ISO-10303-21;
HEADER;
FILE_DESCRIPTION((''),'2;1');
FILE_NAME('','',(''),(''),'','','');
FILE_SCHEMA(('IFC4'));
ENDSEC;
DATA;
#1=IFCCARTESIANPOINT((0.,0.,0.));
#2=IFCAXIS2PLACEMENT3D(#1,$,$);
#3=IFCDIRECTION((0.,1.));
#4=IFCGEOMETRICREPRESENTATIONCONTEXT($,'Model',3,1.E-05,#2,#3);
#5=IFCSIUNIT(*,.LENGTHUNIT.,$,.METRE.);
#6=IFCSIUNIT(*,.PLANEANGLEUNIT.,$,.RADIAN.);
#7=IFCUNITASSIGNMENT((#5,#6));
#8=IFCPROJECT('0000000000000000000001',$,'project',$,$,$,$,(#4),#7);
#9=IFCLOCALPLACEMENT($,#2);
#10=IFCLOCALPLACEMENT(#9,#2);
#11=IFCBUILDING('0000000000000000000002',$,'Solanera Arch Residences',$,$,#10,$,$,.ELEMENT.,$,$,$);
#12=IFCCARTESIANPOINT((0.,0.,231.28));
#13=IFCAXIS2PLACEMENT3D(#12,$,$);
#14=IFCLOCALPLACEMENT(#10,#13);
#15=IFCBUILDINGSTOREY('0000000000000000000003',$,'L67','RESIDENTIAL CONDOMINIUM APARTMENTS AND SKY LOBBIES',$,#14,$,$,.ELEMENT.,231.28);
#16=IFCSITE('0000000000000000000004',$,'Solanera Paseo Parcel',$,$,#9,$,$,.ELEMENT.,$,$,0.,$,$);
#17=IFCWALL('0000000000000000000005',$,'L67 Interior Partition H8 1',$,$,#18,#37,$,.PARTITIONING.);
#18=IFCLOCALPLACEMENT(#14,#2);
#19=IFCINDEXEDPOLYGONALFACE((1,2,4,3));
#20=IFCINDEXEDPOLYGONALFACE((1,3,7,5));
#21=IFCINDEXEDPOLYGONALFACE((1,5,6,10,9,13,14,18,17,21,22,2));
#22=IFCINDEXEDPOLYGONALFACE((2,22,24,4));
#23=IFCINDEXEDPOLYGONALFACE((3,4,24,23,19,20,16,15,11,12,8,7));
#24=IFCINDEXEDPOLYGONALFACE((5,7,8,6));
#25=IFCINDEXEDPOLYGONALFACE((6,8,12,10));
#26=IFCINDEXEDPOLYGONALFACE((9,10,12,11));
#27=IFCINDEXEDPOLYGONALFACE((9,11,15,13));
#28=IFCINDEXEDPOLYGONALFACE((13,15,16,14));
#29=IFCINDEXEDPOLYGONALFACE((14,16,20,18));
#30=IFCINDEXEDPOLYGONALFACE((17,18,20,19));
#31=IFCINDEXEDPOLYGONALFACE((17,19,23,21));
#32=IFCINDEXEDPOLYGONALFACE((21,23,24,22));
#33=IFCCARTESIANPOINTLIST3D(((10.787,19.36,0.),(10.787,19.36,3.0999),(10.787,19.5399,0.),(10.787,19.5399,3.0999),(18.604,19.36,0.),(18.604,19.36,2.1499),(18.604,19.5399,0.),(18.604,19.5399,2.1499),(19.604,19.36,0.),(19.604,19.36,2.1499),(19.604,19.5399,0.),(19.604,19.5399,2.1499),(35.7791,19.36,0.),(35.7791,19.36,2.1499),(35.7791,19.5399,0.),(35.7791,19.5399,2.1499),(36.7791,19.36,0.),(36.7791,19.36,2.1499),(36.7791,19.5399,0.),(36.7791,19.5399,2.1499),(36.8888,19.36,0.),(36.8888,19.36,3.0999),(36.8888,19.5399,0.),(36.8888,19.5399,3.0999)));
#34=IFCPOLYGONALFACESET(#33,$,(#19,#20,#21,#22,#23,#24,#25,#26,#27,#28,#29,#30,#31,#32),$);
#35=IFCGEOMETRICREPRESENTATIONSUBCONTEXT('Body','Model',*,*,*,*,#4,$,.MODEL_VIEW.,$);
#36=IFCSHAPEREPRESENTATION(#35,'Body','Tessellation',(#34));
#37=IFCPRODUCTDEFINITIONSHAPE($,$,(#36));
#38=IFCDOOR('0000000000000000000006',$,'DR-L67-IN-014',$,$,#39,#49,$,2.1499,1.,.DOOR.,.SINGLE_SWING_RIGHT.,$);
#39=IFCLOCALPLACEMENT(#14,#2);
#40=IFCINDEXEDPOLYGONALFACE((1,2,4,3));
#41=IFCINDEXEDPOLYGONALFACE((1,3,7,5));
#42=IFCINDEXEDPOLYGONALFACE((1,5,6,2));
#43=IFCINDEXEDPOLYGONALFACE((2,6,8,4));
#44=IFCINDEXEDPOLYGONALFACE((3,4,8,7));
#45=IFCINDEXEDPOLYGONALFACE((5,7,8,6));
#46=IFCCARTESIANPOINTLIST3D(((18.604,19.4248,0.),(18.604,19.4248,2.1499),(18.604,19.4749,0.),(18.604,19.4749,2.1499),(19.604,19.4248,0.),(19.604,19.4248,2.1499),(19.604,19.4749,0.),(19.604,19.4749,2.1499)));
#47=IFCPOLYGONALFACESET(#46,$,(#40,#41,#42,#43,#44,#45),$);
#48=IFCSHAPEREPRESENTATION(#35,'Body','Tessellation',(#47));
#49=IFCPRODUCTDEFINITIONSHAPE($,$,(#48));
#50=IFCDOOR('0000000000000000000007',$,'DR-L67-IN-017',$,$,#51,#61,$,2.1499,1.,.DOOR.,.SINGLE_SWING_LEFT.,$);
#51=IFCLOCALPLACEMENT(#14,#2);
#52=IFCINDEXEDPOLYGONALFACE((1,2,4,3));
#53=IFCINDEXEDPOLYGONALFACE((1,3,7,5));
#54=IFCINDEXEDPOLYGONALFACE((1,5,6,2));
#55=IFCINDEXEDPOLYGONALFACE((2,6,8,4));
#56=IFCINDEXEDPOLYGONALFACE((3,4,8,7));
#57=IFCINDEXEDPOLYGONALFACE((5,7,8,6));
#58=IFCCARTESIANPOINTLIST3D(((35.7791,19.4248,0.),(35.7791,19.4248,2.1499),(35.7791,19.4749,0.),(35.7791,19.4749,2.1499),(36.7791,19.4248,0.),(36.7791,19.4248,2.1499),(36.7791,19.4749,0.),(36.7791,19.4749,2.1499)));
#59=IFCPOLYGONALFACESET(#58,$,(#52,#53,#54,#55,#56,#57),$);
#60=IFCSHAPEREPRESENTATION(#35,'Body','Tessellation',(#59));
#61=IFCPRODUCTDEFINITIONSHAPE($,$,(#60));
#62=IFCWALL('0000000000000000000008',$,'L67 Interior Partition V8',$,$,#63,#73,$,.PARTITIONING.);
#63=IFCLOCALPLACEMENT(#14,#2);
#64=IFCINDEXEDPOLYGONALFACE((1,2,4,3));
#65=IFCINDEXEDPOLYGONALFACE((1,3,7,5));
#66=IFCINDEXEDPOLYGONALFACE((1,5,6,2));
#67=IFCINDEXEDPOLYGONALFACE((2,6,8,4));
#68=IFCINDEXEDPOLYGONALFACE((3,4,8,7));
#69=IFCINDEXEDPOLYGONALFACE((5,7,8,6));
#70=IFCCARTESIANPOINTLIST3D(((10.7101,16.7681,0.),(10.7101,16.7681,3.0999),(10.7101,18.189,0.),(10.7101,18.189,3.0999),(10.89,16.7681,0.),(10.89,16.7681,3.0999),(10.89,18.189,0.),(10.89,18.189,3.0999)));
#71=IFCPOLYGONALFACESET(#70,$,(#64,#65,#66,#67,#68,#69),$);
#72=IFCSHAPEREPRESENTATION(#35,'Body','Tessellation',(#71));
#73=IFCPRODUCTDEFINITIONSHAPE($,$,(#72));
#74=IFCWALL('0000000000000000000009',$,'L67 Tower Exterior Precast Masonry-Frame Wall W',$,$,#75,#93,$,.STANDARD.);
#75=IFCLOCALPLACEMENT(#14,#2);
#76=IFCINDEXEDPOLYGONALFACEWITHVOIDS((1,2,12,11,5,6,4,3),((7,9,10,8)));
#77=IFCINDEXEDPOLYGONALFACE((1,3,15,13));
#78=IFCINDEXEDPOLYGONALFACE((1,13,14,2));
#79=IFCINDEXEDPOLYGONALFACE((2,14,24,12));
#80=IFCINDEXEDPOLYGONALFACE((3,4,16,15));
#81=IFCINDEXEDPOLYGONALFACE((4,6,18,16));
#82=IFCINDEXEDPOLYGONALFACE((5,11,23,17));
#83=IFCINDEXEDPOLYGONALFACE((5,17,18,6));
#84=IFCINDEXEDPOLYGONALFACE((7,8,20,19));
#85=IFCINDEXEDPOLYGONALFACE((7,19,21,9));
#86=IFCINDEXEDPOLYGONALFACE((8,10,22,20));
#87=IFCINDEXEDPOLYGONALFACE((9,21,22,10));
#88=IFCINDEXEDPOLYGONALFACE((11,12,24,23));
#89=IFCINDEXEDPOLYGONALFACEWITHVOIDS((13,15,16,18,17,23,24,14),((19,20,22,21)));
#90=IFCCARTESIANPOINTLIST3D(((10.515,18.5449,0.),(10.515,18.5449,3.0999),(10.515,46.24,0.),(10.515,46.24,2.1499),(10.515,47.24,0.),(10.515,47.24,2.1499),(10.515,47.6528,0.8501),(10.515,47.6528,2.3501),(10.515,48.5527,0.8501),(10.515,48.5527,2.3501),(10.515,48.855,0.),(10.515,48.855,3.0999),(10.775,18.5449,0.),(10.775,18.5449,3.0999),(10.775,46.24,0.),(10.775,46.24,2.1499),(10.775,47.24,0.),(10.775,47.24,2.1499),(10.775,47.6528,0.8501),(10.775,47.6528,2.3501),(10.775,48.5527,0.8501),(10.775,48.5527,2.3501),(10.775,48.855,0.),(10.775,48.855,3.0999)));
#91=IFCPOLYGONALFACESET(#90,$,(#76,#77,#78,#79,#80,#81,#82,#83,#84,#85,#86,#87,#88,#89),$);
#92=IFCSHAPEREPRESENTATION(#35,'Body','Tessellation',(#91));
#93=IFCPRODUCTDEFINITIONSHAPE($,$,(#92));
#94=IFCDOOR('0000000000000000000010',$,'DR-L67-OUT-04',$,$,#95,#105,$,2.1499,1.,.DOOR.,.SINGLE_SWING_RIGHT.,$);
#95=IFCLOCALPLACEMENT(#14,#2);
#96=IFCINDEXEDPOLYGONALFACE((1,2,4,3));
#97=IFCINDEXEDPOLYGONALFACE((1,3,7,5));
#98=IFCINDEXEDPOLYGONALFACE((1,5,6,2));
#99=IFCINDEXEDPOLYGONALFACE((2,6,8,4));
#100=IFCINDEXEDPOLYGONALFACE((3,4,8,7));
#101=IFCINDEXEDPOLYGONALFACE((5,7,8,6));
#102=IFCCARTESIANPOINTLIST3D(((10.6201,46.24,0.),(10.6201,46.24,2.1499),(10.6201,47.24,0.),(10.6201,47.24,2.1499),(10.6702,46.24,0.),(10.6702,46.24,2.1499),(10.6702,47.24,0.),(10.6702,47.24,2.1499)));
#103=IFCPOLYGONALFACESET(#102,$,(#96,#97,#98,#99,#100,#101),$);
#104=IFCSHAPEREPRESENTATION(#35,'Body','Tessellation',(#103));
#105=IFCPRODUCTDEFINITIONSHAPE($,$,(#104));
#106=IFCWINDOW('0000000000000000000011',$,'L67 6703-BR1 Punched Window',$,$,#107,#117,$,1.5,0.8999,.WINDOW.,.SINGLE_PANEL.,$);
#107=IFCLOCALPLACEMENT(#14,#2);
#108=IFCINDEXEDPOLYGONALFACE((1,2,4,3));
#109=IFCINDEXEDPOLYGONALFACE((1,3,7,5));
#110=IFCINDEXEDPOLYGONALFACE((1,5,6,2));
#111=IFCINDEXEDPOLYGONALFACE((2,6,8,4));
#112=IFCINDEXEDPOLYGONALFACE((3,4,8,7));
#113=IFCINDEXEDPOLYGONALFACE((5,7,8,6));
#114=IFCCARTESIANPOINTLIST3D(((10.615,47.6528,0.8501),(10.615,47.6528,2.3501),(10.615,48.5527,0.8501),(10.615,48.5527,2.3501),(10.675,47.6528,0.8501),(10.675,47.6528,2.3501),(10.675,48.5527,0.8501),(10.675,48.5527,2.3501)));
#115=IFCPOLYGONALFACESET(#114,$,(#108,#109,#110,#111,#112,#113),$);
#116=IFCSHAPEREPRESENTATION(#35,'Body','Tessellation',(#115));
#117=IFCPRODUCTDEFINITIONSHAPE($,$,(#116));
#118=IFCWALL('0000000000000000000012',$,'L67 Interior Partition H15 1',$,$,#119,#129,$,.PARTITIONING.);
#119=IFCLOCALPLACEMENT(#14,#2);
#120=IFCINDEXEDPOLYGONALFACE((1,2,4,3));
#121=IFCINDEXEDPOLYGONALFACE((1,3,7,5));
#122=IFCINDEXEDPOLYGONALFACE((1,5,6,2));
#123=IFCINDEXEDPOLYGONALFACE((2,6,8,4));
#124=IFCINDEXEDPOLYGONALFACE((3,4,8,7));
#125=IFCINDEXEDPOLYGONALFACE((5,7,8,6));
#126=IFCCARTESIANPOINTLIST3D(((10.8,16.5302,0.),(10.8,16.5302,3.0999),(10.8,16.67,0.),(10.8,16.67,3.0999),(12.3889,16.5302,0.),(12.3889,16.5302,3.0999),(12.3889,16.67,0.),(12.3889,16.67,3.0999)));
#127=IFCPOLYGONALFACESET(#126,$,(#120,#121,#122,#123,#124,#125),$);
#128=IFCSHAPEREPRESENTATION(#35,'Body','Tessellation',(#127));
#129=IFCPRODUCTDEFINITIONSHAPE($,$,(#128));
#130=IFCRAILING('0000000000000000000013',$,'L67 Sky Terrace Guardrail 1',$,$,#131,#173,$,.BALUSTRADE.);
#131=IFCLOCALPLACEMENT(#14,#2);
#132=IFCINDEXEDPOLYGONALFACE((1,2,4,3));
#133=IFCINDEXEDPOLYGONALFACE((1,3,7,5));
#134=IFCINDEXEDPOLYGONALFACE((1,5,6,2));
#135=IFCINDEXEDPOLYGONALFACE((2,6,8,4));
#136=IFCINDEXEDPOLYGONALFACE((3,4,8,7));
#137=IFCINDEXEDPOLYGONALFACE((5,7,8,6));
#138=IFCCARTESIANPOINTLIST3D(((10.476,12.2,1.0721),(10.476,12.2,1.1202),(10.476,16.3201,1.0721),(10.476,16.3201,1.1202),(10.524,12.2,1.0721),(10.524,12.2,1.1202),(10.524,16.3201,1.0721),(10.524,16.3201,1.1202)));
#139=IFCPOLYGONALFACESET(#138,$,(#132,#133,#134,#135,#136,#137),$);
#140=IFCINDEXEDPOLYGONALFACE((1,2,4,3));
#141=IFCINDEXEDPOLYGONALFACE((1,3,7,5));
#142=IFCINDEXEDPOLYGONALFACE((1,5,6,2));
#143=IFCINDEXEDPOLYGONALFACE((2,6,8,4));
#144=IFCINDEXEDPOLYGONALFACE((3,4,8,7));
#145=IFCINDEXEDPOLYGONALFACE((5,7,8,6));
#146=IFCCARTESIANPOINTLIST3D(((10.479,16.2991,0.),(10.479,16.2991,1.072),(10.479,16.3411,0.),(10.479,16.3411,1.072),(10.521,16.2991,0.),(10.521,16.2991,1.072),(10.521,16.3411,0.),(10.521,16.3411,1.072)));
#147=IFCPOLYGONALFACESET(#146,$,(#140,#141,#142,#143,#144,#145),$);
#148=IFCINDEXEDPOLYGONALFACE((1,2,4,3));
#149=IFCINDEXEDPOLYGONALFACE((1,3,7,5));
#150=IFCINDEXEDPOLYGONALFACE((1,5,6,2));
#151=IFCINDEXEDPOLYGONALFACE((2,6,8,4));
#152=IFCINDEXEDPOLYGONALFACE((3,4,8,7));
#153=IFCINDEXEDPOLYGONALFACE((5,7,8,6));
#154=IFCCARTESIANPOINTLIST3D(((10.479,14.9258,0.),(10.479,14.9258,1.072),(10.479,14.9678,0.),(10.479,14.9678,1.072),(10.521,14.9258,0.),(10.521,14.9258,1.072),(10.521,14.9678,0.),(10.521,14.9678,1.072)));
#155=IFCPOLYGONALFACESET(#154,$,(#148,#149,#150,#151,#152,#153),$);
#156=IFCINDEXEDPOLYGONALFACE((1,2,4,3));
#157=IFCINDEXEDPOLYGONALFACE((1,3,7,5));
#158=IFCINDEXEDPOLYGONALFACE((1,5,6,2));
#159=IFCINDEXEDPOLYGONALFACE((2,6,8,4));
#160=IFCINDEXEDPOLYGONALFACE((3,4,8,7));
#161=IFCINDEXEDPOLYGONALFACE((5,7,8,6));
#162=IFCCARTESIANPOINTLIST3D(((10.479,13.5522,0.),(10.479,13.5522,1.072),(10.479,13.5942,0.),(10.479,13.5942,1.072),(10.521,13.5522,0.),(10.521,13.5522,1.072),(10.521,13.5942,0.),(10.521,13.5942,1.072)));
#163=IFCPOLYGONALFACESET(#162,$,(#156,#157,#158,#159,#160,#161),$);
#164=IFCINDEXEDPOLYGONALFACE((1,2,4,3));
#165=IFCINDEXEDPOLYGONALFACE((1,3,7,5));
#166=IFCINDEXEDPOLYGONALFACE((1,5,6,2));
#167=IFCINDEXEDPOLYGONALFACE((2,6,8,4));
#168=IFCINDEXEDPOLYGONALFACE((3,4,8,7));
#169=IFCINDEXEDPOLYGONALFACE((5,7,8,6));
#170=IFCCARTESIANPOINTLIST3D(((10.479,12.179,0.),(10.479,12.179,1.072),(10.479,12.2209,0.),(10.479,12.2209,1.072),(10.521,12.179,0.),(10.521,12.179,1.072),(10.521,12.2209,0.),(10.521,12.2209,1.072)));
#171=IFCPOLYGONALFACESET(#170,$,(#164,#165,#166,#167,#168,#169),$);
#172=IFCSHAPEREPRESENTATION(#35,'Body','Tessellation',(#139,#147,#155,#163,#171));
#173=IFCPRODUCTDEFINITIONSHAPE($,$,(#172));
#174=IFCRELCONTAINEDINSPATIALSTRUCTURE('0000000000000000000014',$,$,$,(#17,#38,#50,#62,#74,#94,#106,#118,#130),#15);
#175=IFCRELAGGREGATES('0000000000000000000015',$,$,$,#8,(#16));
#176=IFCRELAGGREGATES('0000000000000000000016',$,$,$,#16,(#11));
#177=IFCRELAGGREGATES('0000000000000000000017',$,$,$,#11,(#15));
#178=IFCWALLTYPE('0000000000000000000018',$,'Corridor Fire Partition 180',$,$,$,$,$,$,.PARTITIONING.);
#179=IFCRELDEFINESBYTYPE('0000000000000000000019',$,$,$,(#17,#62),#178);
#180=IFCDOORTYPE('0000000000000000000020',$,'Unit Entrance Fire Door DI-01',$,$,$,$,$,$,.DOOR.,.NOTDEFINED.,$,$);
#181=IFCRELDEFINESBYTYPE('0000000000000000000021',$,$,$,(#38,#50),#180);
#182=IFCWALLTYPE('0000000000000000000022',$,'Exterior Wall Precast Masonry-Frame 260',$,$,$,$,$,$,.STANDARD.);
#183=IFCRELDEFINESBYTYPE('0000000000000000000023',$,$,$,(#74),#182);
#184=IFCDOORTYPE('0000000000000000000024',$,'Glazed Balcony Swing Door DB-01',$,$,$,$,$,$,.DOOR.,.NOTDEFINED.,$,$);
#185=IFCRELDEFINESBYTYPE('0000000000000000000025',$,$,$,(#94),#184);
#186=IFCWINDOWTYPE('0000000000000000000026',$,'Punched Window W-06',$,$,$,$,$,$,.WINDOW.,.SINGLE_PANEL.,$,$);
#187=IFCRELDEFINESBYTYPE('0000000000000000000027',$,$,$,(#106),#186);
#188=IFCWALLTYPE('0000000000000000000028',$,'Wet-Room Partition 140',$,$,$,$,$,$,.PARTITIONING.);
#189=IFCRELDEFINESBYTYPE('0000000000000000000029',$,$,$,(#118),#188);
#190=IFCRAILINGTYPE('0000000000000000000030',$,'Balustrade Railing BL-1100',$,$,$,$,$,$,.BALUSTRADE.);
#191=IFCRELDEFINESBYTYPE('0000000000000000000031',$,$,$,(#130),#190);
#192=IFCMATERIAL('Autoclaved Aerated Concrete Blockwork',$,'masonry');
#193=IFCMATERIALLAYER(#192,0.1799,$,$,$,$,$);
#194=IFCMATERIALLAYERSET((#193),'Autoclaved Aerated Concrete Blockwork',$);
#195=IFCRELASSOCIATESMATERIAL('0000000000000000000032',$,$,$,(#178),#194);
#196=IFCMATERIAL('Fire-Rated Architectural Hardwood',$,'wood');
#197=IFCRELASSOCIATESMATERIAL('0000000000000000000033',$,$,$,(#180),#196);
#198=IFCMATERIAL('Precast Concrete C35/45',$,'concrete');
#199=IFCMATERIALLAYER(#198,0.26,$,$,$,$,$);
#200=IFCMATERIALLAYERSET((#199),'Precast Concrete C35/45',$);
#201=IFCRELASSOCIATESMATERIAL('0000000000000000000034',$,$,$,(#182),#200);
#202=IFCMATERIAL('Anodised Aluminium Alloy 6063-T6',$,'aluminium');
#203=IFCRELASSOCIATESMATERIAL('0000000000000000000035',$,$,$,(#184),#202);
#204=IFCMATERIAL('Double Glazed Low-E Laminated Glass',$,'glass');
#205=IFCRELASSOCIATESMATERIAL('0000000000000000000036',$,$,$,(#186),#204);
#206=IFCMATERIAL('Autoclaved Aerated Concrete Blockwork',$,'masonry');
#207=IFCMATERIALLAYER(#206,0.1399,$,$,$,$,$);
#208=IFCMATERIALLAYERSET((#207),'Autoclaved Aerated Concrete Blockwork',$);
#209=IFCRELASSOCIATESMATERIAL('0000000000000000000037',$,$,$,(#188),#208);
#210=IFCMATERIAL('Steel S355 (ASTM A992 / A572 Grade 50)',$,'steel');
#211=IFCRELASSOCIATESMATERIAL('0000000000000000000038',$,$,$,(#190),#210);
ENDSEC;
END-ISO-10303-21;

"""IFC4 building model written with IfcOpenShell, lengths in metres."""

from ifc_helpers import new_model, si_unit, direction, frame, frame_2d, origin, origin_2d, place, context, subcontext, project, spatial, rectangle, extrude, material, layer, layer_set, type_object, element, fill, save


model = new_model("IFC4")

# Units and contexts
model_context = context("Model", 3, precision=1e-05, world=origin(), true_north=direction((0.0, 1.0)))
body_context = subcontext(model_context, "Body", "Model", "MODEL_VIEW")
ifc_project = project(units=[si_unit("LENGTHUNIT", "METRE"), si_unit("PLANEANGLEUNIT", "RADIAN")], contexts=[model_context])

# Site, building, storey
site_placement = place(None, origin())
site = spatial("IfcSite", under=ifc_project, at=site_placement, Name="Solanera Paseo Parcel", CompositionType="ELEMENT", RefElevation=0.0)
building_placement = place(site_placement, origin())
building = spatial("IfcBuilding", under=site, at=building_placement, Name="Solanera Arch Residences", CompositionType="ELEMENT")
storey_placement = place(building_placement, frame((0.0, 0.0, 231.28)))
storey = spatial("IfcBuildingStorey", under=building, at=storey_placement, Name="L67", Description="RESIDENTIAL CONDOMINIUM APARTMENTS AND SKY LOBBIES", CompositionType="ELEMENT", Elevation=231.28)

# Wall, openings, doors
ifc_material_1 = material(Name="Autoclaved Aerated Concrete Blockwork", Category="masonry")
ifc_layer_1 = layer(ifc_material_1, 0.1799)
ifc_layer_set_1 = layer_set([ifc_layer_1], Name="Autoclaved Aerated Concrete Blockwork")
wall_type_1 = type_object("IfcWallType", Name="Corridor Fire Partition 180", PredefinedType="PARTITIONING", material=ifc_layer_set_1)
wall_1_placement = place(storey_placement, frame((10.7871, 19.45, 0.0), z_axis=(0.0, 0.0, 1.0), x_axis=(1.0, 0.0, 0.0)))
wall_1 = element("IfcWall", 1, at=wall_1_placement, inside=storey, type_object=wall_type_1, Name="L67 Interior Partition H8 1", PredefinedType="PARTITIONING", context=body_context, shape_type="SweptSolid", body=[
    extrude(rectangle(XDim=26.1018, YDim=0.1799, at=frame_2d((13.0508, 0.0))), origin(), (0.0, 0.0, 1.0), 3.0999),
])
opening_1_placement = place(wall_1_placement, frame((7.8169, 0.0, 0.0)))
opening_1 = element("IfcOpeningElement", 2, at=opening_1_placement, cuts=wall_1, PredefinedType="OPENING", context=body_context, shape_type="SweptSolid", body=[
    extrude(rectangle(XDim=1.0, YDim=2.1499, at=frame_2d((0.5, 1.075))), frame((0.0, 0.1001, 0.0), z_axis=(0.0, -1.0, 0.0), x_axis=(1.0, 0.0, 0.0)), (0.0, 0.0, 1.0), 0.1999),
])
opening_2_placement = place(wall_1_placement, frame((24.9919, 0.0, 0.0)))
opening_2 = element("IfcOpeningElement", 3, at=opening_2_placement, cuts=wall_1, PredefinedType="OPENING", context=body_context, shape_type="SweptSolid", body=[
    extrude(rectangle(XDim=1.0, YDim=2.1499, at=frame_2d((0.5, 1.075))), frame((0.0, 0.1001, 0.0), z_axis=(0.0, -1.0, 0.0), x_axis=(1.0, 0.0, 0.0)), (0.0, 0.0, 1.0), 0.1999),
])
ifc_material_2 = material(Name="Fire-Rated Architectural Hardwood", Category="wood")
door_type_1 = type_object("IfcDoorType", Name="Unit Entrance Fire Door DI-01", OperationType="NOTDEFINED", PredefinedType="DOOR", material=ifc_material_2)
door_1_placement = place(opening_1_placement, origin())
door_1 = element("IfcDoor", 4, at=door_1_placement, inside=storey, type_object=door_type_1, Name="DR-L67-IN-014", OperationType="SINGLE_SWING_RIGHT", OverallHeight=2.1499, OverallWidth=1.0, PredefinedType="DOOR", context=body_context, shape_type="SweptSolid", body=[
    extrude(rectangle(XDim=1.0, YDim=2.1499, at=frame_2d((0.5, 1.075))), frame((0.0, 0.0249, 0.0), z_axis=(0.0, -1.0, 0.0), x_axis=(1.0, 0.0, 0.0)), (0.0, 0.0, 1.0), 0.05),
])
fill(opening_1, door_1)
door_2_placement = place(opening_2_placement, origin())
door_2 = element("IfcDoor", 5, at=door_2_placement, inside=storey, type_object=door_type_1, Name="DR-L67-IN-017", OperationType="SINGLE_SWING_LEFT", OverallHeight=2.1499, OverallWidth=1.0, PredefinedType="DOOR", context=body_context, shape_type="SweptSolid", body=[
    extrude(rectangle(XDim=1.0, YDim=2.1499, at=frame_2d((0.5, 1.075))), frame((0.0, 0.0249, 0.0), z_axis=(0.0, -1.0, 0.0), x_axis=(1.0, 0.0, 0.0)), (0.0, 0.0, 1.0), 0.05),
])
fill(opening_2, door_2)

# Wall
wall_2_placement = place(storey_placement, frame((10.8, 16.7681, 0.0), z_axis=(0.0, 0.0, 1.0), x_axis=(0.0, 1.0, 0.0)))
element("IfcWall", 6, at=wall_2_placement, inside=storey, type_object=wall_type_1, Name="L67 Interior Partition V8", PredefinedType="PARTITIONING", context=body_context, shape_type="SweptSolid", body=[
    extrude(rectangle(XDim=1.4209, YDim=0.1799, at=frame_2d((0.7104, 0.0))), origin(), (0.0, 0.0, 1.0), 3.0999),
])

# Wall, openings, door, window
ifc_material_3 = material(Name="Precast Concrete C35/45", Category="concrete")
ifc_layer_2 = layer(ifc_material_3, 0.26)
ifc_layer_set_2 = layer_set([ifc_layer_2], Name="Precast Concrete C35/45")
wall_type_2 = type_object("IfcWallType", Name="Exterior Wall Precast Masonry-Frame 260", PredefinedType="STANDARD", material=ifc_layer_set_2)
wall_3_placement = place(storey_placement, frame((10.645, 18.5449, 0.0), z_axis=(0.0, 0.0, 1.0), x_axis=(0.0, 1.0, 0.0)))
wall_3 = element("IfcWall", 7, at=wall_3_placement, inside=storey, type_object=wall_type_2, Name="L67 Tower Exterior Precast Masonry-Frame Wall W", PredefinedType="STANDARD", context=body_context, shape_type="SweptSolid", body=[
    extrude(rectangle(XDim=30.3101, YDim=0.26, at=frame_2d((15.155, 0.0))), origin(), (0.0, 0.0, 1.0), 3.0999),
])
opening_3_placement = place(wall_3_placement, frame((27.6951, 0.0, 0.0)))
opening_3 = element("IfcOpeningElement", 8, at=opening_3_placement, cuts=wall_3, PredefinedType="OPENING", context=body_context, shape_type="SweptSolid", body=[
    extrude(rectangle(XDim=1.0, YDim=2.1499, at=frame_2d((0.5, 1.075))), frame((0.0, 0.1399, 0.0), z_axis=(0.0, -1.0, 0.0), x_axis=(1.0, 0.0, 0.0)), (0.0, 0.0, 1.0), 0.28),
])
opening_4_placement = place(wall_3_placement, frame((29.1079, 0.0, 0.8501)))
opening_4 = element("IfcOpeningElement", 9, at=opening_4_placement, cuts=wall_3, PredefinedType="OPENING", context=body_context, shape_type="SweptSolid", body=[
    extrude(rectangle(XDim=0.8999, YDim=1.5, at=frame_2d((0.45, 0.75))), frame((0.0, 0.1399, 0.0), z_axis=(0.0, -1.0, 0.0), x_axis=(1.0, 0.0, 0.0)), (0.0, 0.0, 1.0), 0.28),
])
ifc_material_4 = material(Name="Anodised Aluminium Alloy 6063-T6", Category="aluminium")
door_type_2 = type_object("IfcDoorType", Name="Glazed Balcony Swing Door DB-01", OperationType="NOTDEFINED", PredefinedType="DOOR", material=ifc_material_4)
door_3_placement = place(opening_3_placement, origin())
door_3 = element("IfcDoor", 10, at=door_3_placement, inside=storey, type_object=door_type_2, Name="DR-L67-OUT-04", OperationType="SINGLE_SWING_RIGHT", OverallHeight=2.1499, OverallWidth=1.0, PredefinedType="DOOR", context=body_context, shape_type="SweptSolid", body=[
    extrude(rectangle(XDim=1.0, YDim=2.1499, at=frame_2d((0.5, 1.075))), frame((0.0, 0.0249, 0.0), z_axis=(0.0, -1.0, 0.0), x_axis=(1.0, 0.0, 0.0)), (0.0, 0.0, 1.0), 0.05),
])
fill(opening_3, door_3)
ifc_material_5 = material(Name="Double Glazed Low-E Laminated Glass", Category="glass")
window_type = type_object("IfcWindowType", Name="Punched Window W-06", PartitioningType="SINGLE_PANEL", PredefinedType="WINDOW", material=ifc_material_5)
window_placement = place(opening_4_placement, origin())
window = element("IfcWindow", 11, at=window_placement, inside=storey, type_object=window_type, Name="L67 6703-BR1 Punched Window", OverallHeight=1.5, OverallWidth=0.8999, PartitioningType="SINGLE_PANEL", PredefinedType="WINDOW", context=body_context, shape_type="SweptSolid", body=[
    extrude(rectangle(XDim=0.8999, YDim=1.5, at=frame_2d((0.45, 0.75))), frame((0.0, 0.03, 0.0), z_axis=(0.0, -1.0, 0.0), x_axis=(1.0, 0.0, 0.0)), (0.0, 0.0, 1.0), 0.0601),
])
fill(opening_4, window)

# Wall
ifc_material_6 = material(Name="Autoclaved Aerated Concrete Blockwork", Category="masonry")
ifc_layer_3 = layer(ifc_material_6, 0.1399)
ifc_layer_set_3 = layer_set([ifc_layer_3], Name="Autoclaved Aerated Concrete Blockwork")
wall_type_3 = type_object("IfcWallType", Name="Wet-Room Partition 140", PredefinedType="PARTITIONING", material=ifc_layer_set_3)
wall_4_placement = place(storey_placement, frame((10.8, 16.6001, 0.0), z_axis=(0.0, 0.0, 1.0), x_axis=(1.0, 0.0, 0.0)))
element("IfcWall", 12, at=wall_4_placement, inside=storey, type_object=wall_type_3, Name="L67 Interior Partition H15 1", PredefinedType="PARTITIONING", context=body_context, shape_type="SweptSolid", body=[
    extrude(rectangle(XDim=1.5889, YDim=0.1399, at=frame_2d((0.7944, 0.0))), origin(), (0.0, 0.0, 1.0), 3.0999),
])

# Railing
ifc_material_7 = material(Name="Steel S355 (ASTM A992 / A572 Grade 50)", Category="steel")
railing_type = type_object("IfcRailingType", Name="Balustrade Railing BL-1100", PredefinedType="BALUSTRADE", material=ifc_material_7)
railing_1_placement = place(storey_placement, frame((10.5, 16.3201, 0.0)))
element("IfcRailing", 13, at=railing_1_placement, inside=storey, type_object=railing_type, Name="L67 Sky Terrace Guardrail 1", PredefinedType="BALUSTRADE", context=body_context, shape_type="SweptSolid", body=[
    extrude(rectangle(XDim=0.0481, YDim=0.0481, at=origin_2d()), frame((0.0, 0.0, 1.0962), z_axis=(0.0, -1.0, 0.0), x_axis=(1.0, 0.0, 0.0)), (0.0, 0.0, 1.0), 4.1201),
    extrude(rectangle(XDim=0.042, YDim=0.042, at=origin_2d()), origin(), (0.0, 0.0, 1.0), 1.072),
    extrude(rectangle(XDim=0.042, YDim=0.042, at=origin_2d()), frame((0.0, -1.3733, 0.0)), (0.0, 0.0, 1.0), 1.072),
    extrude(rectangle(XDim=0.042, YDim=0.042, at=origin_2d()), frame((0.0, -2.7468, 0.0)), (0.0, 0.0, 1.0), 1.072),
    extrude(rectangle(XDim=0.042, YDim=0.042, at=origin_2d()), frame((0.0, -4.1201, 0.0)), (0.0, 0.0, 1.0), 1.072),
])

save(model, "model.ifc")
